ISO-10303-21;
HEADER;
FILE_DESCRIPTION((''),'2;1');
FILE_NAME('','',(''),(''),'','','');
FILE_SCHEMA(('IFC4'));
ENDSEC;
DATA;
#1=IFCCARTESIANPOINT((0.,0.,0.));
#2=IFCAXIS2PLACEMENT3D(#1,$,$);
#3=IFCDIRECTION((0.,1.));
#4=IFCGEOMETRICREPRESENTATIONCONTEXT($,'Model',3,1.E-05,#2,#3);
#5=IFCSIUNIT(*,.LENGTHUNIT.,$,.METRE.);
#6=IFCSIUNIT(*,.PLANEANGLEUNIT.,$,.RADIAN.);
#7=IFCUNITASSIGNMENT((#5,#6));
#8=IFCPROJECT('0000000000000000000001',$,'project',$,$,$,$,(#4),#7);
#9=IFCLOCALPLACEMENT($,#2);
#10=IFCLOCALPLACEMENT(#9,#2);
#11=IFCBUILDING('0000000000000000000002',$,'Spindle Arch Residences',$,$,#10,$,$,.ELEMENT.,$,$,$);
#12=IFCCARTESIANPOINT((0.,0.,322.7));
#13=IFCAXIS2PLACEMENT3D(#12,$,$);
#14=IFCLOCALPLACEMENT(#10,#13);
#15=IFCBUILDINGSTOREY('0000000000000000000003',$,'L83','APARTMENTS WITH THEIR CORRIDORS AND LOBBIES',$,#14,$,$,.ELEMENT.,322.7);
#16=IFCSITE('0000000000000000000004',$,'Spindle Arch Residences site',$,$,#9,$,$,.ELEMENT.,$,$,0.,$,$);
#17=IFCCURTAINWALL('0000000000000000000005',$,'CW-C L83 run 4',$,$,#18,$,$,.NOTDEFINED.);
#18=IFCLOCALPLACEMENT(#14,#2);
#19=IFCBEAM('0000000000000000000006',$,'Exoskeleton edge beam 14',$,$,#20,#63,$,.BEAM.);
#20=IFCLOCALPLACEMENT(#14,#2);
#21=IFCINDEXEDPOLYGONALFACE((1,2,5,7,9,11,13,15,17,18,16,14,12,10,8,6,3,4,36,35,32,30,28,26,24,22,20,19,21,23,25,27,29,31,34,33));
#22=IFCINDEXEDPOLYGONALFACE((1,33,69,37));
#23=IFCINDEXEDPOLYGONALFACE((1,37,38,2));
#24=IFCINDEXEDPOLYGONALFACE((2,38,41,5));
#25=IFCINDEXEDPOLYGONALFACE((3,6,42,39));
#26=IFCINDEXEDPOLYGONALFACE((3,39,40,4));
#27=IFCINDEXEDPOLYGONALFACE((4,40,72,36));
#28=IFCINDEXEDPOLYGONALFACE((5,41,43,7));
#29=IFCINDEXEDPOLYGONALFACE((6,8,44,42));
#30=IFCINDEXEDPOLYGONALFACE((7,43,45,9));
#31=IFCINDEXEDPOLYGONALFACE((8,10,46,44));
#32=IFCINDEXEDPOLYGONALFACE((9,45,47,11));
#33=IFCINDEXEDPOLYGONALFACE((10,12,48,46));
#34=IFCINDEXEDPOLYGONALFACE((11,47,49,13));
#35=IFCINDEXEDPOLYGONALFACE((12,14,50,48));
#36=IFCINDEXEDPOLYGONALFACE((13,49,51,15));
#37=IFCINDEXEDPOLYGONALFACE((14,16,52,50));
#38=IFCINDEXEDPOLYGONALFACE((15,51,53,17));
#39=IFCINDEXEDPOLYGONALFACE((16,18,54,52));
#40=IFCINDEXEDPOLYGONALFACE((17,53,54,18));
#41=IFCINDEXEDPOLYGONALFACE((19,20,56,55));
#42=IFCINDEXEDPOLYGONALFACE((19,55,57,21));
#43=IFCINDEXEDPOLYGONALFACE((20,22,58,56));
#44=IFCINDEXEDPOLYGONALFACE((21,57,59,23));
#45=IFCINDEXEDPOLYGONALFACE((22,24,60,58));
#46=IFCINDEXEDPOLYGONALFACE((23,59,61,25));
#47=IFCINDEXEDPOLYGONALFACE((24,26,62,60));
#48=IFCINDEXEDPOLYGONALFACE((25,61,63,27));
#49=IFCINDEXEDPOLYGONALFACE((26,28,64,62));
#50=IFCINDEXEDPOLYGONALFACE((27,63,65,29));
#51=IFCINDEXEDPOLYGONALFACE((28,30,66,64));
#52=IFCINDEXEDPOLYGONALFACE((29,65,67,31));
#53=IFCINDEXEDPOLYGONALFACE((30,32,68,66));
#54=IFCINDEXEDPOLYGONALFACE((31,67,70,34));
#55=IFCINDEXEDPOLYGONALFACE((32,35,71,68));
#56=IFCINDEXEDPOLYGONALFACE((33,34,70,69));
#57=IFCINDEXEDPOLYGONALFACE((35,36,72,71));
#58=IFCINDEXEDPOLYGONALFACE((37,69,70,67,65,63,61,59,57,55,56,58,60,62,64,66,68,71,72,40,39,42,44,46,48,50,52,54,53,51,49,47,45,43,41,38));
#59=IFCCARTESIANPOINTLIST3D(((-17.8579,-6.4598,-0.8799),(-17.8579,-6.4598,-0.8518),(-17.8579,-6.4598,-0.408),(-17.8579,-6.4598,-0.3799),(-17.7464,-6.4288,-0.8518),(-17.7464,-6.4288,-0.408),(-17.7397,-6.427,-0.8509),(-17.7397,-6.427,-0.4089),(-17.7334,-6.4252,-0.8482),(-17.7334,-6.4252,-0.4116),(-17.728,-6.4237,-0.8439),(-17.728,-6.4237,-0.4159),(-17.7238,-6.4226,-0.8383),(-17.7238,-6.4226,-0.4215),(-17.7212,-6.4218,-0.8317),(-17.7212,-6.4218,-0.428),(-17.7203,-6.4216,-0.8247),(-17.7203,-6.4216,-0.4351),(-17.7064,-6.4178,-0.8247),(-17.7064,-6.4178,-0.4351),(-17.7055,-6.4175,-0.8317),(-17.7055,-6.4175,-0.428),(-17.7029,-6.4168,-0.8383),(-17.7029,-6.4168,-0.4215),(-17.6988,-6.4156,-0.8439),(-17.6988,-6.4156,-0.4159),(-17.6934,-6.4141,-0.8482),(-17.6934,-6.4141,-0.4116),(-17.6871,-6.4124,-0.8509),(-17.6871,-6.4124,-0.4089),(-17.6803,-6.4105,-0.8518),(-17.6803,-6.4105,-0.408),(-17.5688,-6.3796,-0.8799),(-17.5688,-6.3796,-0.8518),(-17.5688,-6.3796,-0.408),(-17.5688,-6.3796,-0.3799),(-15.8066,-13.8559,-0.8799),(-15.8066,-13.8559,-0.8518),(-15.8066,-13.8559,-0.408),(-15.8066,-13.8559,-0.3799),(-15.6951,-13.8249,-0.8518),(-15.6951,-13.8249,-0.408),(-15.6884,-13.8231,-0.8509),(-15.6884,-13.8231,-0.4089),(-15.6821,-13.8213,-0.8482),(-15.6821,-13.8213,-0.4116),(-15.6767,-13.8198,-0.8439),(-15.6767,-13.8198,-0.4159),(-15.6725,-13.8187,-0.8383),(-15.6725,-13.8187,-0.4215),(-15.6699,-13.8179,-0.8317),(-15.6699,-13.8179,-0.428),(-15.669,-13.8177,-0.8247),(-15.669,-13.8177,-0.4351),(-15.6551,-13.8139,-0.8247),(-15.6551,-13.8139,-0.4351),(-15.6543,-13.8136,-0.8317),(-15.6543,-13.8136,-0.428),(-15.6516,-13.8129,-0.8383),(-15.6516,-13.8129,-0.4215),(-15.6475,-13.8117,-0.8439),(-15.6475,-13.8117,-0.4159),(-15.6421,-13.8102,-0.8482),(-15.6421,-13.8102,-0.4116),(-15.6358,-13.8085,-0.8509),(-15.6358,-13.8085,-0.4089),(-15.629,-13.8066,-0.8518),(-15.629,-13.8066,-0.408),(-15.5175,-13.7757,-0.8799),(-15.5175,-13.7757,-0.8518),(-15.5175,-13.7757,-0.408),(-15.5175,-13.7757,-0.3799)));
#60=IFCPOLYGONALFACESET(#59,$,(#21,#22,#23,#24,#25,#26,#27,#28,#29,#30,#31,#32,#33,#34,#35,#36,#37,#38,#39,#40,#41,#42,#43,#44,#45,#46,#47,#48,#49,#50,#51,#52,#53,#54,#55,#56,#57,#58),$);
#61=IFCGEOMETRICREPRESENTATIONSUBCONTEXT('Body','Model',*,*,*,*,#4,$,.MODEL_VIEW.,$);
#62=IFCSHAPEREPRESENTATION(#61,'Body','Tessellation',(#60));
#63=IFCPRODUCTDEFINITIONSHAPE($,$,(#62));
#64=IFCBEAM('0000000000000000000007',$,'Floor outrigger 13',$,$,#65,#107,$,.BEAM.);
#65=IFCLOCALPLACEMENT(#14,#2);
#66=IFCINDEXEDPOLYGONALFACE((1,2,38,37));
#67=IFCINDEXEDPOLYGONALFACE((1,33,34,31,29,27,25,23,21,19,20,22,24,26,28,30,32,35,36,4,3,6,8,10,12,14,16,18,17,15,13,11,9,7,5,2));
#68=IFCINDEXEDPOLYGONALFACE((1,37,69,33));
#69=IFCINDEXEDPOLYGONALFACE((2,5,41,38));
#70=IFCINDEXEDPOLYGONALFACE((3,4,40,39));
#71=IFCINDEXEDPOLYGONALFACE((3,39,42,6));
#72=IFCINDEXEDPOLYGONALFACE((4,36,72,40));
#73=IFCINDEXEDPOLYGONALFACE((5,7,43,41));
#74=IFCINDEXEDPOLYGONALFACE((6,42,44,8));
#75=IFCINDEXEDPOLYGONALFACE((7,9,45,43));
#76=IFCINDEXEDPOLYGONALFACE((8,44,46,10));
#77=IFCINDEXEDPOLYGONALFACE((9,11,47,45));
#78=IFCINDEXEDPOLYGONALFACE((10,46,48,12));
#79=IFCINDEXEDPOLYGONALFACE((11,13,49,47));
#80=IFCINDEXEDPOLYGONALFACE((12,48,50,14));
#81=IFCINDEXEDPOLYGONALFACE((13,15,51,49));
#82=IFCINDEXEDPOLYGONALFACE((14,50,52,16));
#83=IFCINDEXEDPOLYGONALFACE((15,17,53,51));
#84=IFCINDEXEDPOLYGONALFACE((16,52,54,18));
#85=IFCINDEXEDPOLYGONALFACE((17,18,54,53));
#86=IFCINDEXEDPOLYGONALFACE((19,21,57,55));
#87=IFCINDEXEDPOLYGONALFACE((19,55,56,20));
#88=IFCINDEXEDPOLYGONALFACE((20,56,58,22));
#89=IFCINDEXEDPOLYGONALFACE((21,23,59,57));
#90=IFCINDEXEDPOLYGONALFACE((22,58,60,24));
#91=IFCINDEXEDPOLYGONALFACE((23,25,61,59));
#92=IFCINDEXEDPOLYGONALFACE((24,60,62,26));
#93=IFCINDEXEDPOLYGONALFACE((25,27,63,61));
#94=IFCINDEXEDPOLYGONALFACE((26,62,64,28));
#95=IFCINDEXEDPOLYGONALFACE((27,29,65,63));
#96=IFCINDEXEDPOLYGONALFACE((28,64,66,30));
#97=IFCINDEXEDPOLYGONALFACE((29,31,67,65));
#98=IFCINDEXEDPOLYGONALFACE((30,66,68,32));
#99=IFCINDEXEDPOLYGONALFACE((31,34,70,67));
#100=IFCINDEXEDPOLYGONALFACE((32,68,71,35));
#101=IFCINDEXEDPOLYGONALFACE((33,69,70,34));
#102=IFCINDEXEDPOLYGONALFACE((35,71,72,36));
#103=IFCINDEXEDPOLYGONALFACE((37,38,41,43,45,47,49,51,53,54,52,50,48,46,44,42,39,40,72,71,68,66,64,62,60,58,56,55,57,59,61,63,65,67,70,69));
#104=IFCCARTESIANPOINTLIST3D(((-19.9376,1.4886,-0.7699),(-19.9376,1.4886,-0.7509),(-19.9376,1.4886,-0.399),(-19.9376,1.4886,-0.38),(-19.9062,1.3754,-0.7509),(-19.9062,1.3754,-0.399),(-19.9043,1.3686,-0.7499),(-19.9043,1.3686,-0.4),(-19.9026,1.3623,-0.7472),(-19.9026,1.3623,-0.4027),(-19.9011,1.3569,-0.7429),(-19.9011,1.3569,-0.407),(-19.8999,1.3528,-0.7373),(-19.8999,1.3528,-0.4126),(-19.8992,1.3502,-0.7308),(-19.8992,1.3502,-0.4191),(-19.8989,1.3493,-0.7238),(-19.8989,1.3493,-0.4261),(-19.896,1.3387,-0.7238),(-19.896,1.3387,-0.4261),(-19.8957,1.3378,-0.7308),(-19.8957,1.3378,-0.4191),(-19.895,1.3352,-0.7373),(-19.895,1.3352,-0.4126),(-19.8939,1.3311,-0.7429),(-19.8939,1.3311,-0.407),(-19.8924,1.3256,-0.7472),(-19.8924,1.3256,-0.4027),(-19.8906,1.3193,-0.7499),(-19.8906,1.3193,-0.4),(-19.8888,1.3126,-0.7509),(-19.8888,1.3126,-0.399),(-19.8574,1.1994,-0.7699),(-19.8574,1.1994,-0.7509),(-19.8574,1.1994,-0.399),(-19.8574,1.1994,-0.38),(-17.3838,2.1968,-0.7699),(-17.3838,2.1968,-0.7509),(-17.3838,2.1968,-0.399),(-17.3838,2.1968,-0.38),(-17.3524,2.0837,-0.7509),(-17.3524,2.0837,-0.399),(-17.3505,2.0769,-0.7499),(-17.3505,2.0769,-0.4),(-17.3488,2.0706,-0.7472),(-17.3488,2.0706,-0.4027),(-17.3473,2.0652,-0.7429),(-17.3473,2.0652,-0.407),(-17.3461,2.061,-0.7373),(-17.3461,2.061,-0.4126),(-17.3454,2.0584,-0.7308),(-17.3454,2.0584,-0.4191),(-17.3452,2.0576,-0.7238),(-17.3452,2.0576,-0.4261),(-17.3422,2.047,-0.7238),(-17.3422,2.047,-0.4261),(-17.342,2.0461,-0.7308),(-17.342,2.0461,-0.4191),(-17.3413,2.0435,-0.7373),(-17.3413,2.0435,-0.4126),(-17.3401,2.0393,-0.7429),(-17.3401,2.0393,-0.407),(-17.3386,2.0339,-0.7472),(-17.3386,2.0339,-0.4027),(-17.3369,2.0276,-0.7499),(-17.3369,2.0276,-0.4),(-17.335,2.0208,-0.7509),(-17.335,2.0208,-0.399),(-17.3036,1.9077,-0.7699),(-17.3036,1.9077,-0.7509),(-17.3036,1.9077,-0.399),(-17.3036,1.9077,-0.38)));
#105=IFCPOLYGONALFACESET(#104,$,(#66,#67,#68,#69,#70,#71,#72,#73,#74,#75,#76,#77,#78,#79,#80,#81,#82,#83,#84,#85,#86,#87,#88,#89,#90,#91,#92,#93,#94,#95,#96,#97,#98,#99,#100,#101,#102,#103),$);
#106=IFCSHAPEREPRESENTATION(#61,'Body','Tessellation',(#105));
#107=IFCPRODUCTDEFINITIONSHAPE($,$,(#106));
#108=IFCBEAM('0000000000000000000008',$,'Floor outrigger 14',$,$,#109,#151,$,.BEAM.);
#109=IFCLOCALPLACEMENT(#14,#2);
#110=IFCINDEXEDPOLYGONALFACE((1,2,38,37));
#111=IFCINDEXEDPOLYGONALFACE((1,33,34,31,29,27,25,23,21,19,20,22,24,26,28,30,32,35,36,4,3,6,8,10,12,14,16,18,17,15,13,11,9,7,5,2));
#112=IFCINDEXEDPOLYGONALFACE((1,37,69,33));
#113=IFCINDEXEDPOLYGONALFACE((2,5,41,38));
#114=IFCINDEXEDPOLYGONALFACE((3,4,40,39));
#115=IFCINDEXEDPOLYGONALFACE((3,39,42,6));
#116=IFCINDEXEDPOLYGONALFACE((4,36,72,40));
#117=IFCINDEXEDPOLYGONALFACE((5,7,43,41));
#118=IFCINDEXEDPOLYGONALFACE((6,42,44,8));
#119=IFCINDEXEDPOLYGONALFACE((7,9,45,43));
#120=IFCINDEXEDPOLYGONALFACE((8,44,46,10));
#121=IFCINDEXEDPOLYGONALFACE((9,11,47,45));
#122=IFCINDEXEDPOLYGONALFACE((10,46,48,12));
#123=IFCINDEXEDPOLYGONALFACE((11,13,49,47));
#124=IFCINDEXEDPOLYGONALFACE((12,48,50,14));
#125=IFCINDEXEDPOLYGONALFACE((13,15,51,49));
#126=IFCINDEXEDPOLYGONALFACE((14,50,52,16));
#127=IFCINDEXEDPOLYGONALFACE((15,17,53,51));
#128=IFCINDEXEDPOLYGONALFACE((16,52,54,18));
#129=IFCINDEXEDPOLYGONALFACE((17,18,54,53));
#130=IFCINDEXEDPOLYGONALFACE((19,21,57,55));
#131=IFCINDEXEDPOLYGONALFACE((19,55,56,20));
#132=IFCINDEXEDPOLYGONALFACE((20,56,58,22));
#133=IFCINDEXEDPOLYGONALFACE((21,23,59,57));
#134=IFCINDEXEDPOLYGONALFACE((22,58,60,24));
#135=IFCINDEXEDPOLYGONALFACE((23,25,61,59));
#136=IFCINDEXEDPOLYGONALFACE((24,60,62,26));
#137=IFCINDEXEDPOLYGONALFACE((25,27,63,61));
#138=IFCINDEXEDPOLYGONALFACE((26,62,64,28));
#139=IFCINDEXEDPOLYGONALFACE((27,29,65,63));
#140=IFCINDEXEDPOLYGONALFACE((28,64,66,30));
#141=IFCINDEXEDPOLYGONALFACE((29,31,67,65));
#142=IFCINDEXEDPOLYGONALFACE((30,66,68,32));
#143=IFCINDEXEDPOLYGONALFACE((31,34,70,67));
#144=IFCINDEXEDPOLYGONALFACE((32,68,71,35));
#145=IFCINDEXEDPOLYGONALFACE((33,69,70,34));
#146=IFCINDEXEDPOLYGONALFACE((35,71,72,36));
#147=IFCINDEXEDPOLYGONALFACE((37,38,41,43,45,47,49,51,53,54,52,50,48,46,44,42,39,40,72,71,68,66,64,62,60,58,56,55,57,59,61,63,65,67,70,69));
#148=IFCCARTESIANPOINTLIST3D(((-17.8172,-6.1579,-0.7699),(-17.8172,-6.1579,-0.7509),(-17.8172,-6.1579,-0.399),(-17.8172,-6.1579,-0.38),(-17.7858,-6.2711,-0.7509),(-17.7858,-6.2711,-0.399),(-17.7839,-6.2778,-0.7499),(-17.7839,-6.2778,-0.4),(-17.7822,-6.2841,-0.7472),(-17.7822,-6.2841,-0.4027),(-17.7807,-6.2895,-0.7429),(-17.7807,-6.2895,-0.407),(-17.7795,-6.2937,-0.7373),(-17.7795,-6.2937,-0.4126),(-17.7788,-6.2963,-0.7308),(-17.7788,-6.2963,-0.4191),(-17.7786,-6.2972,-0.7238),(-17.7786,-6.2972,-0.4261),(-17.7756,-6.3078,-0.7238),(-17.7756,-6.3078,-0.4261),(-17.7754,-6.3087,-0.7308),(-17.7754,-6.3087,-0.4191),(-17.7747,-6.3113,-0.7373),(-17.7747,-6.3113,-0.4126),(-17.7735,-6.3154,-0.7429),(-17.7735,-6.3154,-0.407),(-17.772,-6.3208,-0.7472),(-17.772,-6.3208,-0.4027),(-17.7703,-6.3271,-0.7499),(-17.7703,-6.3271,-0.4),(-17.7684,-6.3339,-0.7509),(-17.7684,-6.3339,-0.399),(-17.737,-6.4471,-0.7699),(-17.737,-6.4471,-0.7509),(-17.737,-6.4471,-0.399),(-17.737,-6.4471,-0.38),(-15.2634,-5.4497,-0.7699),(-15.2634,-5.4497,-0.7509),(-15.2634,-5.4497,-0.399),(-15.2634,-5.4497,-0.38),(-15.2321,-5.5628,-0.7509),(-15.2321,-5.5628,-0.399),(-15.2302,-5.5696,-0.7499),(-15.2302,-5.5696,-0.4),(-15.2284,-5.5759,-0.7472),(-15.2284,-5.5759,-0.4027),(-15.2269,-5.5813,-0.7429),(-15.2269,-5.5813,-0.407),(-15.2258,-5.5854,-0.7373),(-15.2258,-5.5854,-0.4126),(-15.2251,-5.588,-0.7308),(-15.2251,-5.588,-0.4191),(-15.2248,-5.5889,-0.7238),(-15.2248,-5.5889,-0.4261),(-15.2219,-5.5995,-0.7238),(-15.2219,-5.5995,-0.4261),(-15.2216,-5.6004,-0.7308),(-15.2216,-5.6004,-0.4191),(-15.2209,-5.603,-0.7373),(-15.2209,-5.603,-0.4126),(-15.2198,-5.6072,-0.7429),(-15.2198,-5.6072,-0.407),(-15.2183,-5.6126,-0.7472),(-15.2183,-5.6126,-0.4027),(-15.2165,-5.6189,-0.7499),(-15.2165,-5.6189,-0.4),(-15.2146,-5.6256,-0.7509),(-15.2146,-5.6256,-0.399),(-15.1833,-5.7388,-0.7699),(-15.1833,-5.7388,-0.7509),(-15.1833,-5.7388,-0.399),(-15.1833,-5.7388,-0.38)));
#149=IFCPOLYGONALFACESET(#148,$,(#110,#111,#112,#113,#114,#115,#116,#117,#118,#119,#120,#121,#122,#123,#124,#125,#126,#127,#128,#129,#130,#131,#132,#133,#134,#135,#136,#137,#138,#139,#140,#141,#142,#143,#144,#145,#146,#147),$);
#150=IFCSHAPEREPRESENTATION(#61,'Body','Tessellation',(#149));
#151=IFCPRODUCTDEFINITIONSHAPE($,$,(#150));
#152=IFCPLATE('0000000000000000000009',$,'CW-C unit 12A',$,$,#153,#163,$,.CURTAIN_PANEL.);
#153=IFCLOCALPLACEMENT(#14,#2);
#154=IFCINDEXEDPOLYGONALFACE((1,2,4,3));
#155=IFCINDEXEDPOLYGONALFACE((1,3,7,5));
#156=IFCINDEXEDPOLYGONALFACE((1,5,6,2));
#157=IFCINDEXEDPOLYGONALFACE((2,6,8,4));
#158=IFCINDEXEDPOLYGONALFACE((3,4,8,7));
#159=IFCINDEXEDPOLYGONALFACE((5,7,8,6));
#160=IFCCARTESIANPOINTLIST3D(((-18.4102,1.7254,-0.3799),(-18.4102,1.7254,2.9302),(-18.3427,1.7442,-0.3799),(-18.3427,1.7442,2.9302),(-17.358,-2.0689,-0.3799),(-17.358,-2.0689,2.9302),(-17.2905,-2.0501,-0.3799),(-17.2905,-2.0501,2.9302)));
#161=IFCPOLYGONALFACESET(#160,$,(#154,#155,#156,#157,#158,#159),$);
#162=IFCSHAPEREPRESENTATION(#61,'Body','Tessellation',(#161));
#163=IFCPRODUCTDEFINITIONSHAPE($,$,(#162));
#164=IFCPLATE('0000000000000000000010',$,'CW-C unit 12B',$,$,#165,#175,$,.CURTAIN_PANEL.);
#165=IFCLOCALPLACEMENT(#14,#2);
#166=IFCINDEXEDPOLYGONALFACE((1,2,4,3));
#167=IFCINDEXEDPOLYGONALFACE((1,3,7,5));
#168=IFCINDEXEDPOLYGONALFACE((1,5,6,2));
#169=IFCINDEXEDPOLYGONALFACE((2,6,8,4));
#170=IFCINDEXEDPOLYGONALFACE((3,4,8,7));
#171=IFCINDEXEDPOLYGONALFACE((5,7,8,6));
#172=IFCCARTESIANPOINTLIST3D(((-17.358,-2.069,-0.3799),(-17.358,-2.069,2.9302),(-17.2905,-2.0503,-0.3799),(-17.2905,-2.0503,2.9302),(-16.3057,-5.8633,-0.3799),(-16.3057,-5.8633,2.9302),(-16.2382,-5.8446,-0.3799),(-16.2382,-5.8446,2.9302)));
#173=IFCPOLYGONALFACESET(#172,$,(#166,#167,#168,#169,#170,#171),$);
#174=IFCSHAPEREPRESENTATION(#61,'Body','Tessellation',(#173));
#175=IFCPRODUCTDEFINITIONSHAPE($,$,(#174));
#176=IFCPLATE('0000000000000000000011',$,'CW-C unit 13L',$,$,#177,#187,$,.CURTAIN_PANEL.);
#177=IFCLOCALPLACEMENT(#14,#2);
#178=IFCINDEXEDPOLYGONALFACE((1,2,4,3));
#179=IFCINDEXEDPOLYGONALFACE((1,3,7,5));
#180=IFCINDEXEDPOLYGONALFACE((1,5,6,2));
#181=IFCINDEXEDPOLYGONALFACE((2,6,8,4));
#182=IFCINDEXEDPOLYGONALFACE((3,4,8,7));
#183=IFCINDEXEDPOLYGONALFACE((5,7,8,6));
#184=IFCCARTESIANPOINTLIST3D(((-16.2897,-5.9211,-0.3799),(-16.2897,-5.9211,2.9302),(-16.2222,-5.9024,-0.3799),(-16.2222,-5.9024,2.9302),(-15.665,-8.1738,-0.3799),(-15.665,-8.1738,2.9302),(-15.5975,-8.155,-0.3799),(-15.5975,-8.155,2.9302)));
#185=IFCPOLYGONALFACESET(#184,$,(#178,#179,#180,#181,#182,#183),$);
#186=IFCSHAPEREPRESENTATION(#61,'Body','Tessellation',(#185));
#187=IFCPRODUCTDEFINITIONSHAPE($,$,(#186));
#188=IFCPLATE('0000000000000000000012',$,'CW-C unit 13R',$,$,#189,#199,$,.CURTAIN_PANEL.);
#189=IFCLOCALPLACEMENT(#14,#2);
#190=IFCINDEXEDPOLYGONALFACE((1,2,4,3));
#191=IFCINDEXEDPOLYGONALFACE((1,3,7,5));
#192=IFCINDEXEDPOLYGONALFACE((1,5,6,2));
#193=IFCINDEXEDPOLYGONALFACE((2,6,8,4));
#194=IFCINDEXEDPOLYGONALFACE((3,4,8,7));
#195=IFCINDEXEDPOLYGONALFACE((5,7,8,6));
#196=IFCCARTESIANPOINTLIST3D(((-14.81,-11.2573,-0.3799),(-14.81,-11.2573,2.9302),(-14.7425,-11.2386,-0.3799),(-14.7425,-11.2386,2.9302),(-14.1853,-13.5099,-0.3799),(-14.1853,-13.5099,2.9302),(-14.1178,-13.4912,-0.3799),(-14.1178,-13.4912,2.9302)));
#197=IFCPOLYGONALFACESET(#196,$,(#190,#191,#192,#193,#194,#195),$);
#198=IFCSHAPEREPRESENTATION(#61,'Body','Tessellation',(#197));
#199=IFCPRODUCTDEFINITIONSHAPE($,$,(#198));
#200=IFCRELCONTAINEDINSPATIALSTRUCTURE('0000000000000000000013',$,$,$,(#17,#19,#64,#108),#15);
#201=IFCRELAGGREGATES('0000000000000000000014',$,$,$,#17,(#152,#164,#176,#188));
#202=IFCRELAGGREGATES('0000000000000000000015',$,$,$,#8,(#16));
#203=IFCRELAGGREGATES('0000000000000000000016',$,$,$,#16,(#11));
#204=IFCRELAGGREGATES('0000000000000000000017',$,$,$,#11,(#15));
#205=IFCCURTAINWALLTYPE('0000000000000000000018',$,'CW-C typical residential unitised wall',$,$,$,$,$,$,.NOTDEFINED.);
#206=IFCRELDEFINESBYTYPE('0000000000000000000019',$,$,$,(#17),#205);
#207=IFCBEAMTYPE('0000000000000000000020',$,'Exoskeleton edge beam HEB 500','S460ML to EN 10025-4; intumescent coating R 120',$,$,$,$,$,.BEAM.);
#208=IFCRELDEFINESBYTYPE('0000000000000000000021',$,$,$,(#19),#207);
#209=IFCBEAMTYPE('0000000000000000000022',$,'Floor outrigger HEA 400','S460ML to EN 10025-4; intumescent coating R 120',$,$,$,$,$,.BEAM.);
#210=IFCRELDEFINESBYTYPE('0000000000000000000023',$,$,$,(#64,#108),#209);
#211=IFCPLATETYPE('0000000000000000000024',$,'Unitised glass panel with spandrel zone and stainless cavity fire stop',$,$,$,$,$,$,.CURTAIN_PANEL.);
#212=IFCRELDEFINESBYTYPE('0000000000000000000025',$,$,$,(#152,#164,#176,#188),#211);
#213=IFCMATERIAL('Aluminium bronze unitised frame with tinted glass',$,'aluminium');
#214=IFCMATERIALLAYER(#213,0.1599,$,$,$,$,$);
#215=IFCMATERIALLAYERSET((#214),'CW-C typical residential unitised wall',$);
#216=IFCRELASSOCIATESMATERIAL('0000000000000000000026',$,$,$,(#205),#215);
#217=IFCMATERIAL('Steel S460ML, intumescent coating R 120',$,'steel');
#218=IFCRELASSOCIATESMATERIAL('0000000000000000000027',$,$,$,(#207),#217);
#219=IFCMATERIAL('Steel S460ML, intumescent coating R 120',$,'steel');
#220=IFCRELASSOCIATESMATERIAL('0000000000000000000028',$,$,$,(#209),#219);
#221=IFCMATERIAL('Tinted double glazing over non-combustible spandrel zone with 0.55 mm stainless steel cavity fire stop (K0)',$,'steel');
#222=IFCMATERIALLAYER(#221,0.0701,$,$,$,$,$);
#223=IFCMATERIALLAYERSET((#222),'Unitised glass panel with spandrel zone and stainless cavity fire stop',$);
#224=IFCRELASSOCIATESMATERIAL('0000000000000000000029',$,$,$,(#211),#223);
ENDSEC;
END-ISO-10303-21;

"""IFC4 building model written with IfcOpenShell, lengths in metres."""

from ifc_helpers import new_model, si_unit, direction, frame, origin, origin_2d, place, context, subcontext, project, spatial, rectangle, i_section, extrude, material, layer, layer_set, material_profile, profile_set, type_object, element, aggregate, save


model = new_model("IFC4")

# Units and contexts
model_context = context("Model", 3, precision=1e-05, world=origin(), true_north=direction((0.0, 1.0)))
body_context = subcontext(model_context, "Body", "Model", "MODEL_VIEW")
ifc_project = project(units=[si_unit("LENGTHUNIT", "METRE"), si_unit("PLANEANGLEUNIT", "RADIAN")], contexts=[model_context])

# Site, building, storey
site_placement = place(None, origin())
site = spatial("IfcSite", under=ifc_project, at=site_placement, Name="Spindle Arch Residences site", CompositionType="ELEMENT", RefElevation=0.0)
building_placement = place(site_placement, origin())
building = spatial("IfcBuilding", under=site, at=building_placement, Name="Spindle Arch Residences", CompositionType="ELEMENT")
storey_placement = place(building_placement, frame((0.0, 0.0, 322.7)))
storey = spatial("IfcBuildingStorey", under=building, at=storey_placement, Name="L83", Description="APARTMENTS WITH THEIR CORRIDORS AND LOBBIES", CompositionType="ELEMENT", Elevation=322.7)

# Curtain wall
ifc_material_1 = material(Name="Aluminium bronze unitised frame with tinted glass", Category="aluminium")
ifc_layer_1 = layer(ifc_material_1, 0.1599)
ifc_layer_set_1 = layer_set([ifc_layer_1], Name="CW-C typical residential unitised wall")
curtain_wall_type_1 = type_object("IfcCurtainWallType", Name="CW-C typical residential unitised wall", PredefinedType="NOTDEFINED", material=ifc_layer_set_1)
curtain_wall_1_placement = place(storey_placement, origin())
curtain_wall_1 = element("IfcCurtainWall", 1, at=curtain_wall_1_placement, inside=storey, type_object=curtain_wall_type_1, Name="CW-C L83 run 4", PredefinedType="NOTDEFINED")

# Beams
ifc_material_2 = material(Name="Steel S460ML, intumescent coating R 120", Category="steel")
ifc_material_profile_1 = material_profile(ifc_material_2, i_section(OverallWidth=0.3, OverallDepth=0.5, WebThickness=0.0144, FlangeThickness=0.0281, FilletRadius=0.0271, at=origin_2d()), Name="HEB 500")
ifc_profile_set_1 = profile_set([ifc_material_profile_1], Name="Steel S460ML, intumescent coating R 120")
beam_type_1 = type_object("IfcBeamType", Name="Exoskeleton edge beam HEB 500", Description="S460ML to EN 10025-4; intumescent coating R 120", PredefinedType="BEAM", material=ifc_profile_set_1)
beam_1_placement = place(storey_placement, frame((-17.7134, -6.4197, -0.6299), z_axis=(0.26726, -0.963624, 0.0), x_axis=(0.963624, 0.26726, 0.0)))
element("IfcBeam", 2, at=beam_1_placement, inside=storey, type_object=beam_type_1, Name="Exoskeleton edge beam 14", PredefinedType="BEAM", context=body_context, shape_type="SweptSolid", body=[
    extrude(i_section(OverallWidth=0.3, OverallDepth=0.5, WebThickness=0.0144, FlangeThickness=0.0281, FilletRadius=0.0271, at=origin_2d()), origin(), (0.0, 0.0, 1.0), 7.6753),
])
ifc_material_3 = material(Name="Steel S460ML, intumescent coating R 120", Category="steel")
ifc_material_profile_2 = material_profile(ifc_material_3, i_section(OverallWidth=0.3, OverallDepth=0.3899, WebThickness=0.011, FlangeThickness=0.019, FilletRadius=0.0271, at=origin_2d()), Name="HEA 400")
ifc_profile_set_2 = profile_set([ifc_material_profile_2], Name="Steel S460ML, intumescent coating R 120")
beam_type_2 = type_object("IfcBeamType", Name="Floor outrigger HEA 400", Description="S460ML to EN 10025-4; intumescent coating R 120", PredefinedType="BEAM", material=ifc_profile_set_2)
for number, where, z_axis, x_axis, name in (
    (3, (-19.8975, 1.344, -0.575), (0.963626, 0.267254, 0.0), (-0.267254, 0.963626, 0.0), "Floor outrigger 13"),
    (4, (-17.7771, -6.3025, -0.575), (0.963626, 0.267254, 0.0), (-0.267254, 0.963626, 0.0), "Floor outrigger 14"),
):
    element("IfcBeam", number, at=place(storey_placement, frame(where, z_axis=z_axis, x_axis=x_axis)), inside=storey, type_object=beam_type_2, Name=name, PredefinedType="BEAM", context=body_context, shape_type="SweptSolid", body=[
        extrude(i_section(OverallWidth=0.3, OverallDepth=0.3899, WebThickness=0.011, FlangeThickness=0.019, FilletRadius=0.0271, at=origin_2d()), origin(), (0.0, 0.0, 1.0), 2.6501),
    ])

# Plates
ifc_material_4 = material(Name="Tinted double glazing over non-combustible spandrel zone with 0.55 mm stainless steel cavity fire stop (K0)", Category="steel")
ifc_layer_2 = layer(ifc_material_4, 0.0701)
ifc_layer_set_2 = layer_set([ifc_layer_2], Name="Unitised glass panel with spandrel zone and stainless cavity fire stop")
plate_type = type_object("IfcPlateType", Name="Unitised glass panel with spandrel zone and stainless cavity fire stop", PredefinedType="CURTAIN_PANEL", material=ifc_layer_set_2)
plate_1_placement = place(storey_placement, frame((-17.8503, -0.1624, -0.3799), z_axis=(0.0, 0.0, 1.0), x_axis=(0.267238, -0.96363, 0.0)))
plate_1 = element("IfcPlate", 5, at=plate_1_placement, type_object=plate_type, Name="CW-C unit 12A", PredefinedType="CURTAIN_PANEL", context=body_context, shape_type="SweptSolid", body=[
    extrude(rectangle(XDim=3.9375, YDim=0.0701, at=origin_2d()), origin(), (0.0, 0.0, 1.0), 3.3101),
])
plate_2_placement = place(storey_placement, frame((-16.7981, -3.9568, -0.3799), z_axis=(0.0, 0.0, 1.0), x_axis=(0.267238, -0.96363, 0.0)))
plate_2 = element("IfcPlate", 6, at=plate_2_placement, type_object=plate_type, Name="CW-C unit 12B", PredefinedType="CURTAIN_PANEL", context=body_context, shape_type="SweptSolid", body=[
    extrude(rectangle(XDim=3.9375, YDim=0.0701, at=origin_2d()), origin(), (0.0, 0.0, 1.0), 3.3101),
])
plate_3_placement = place(storey_placement, frame((-15.9436, -7.0381, -0.3799), z_axis=(0.0, 0.0, 1.0), x_axis=(0.267238, -0.96363, 0.0)))
plate_3 = element("IfcPlate", 7, at=plate_3_placement, type_object=plate_type, Name="CW-C unit 13L", PredefinedType="CURTAIN_PANEL", context=body_context, shape_type="SweptSolid", body=[
    extrude(rectangle(XDim=2.3376, YDim=0.0701, at=origin_2d()), origin(), (0.0, 0.0, 1.0), 3.3101),
])
plate_4_placement = place(storey_placement, frame((-14.4639, -12.3743, -0.3799), z_axis=(0.0, 0.0, 1.0), x_axis=(0.267238, -0.96363, 0.0)))
plate_4 = element("IfcPlate", 8, at=plate_4_placement, type_object=plate_type, Name="CW-C unit 13R", PredefinedType="CURTAIN_PANEL", context=body_context, shape_type="SweptSolid", body=[
    extrude(rectangle(XDim=2.3376, YDim=0.0701, at=origin_2d()), origin(), (0.0, 0.0, 1.0), 3.3101),
])
aggregate(curtain_wall_1, [plate_1, plate_2, plate_3, plate_4])

save(model, "model.ifc")
